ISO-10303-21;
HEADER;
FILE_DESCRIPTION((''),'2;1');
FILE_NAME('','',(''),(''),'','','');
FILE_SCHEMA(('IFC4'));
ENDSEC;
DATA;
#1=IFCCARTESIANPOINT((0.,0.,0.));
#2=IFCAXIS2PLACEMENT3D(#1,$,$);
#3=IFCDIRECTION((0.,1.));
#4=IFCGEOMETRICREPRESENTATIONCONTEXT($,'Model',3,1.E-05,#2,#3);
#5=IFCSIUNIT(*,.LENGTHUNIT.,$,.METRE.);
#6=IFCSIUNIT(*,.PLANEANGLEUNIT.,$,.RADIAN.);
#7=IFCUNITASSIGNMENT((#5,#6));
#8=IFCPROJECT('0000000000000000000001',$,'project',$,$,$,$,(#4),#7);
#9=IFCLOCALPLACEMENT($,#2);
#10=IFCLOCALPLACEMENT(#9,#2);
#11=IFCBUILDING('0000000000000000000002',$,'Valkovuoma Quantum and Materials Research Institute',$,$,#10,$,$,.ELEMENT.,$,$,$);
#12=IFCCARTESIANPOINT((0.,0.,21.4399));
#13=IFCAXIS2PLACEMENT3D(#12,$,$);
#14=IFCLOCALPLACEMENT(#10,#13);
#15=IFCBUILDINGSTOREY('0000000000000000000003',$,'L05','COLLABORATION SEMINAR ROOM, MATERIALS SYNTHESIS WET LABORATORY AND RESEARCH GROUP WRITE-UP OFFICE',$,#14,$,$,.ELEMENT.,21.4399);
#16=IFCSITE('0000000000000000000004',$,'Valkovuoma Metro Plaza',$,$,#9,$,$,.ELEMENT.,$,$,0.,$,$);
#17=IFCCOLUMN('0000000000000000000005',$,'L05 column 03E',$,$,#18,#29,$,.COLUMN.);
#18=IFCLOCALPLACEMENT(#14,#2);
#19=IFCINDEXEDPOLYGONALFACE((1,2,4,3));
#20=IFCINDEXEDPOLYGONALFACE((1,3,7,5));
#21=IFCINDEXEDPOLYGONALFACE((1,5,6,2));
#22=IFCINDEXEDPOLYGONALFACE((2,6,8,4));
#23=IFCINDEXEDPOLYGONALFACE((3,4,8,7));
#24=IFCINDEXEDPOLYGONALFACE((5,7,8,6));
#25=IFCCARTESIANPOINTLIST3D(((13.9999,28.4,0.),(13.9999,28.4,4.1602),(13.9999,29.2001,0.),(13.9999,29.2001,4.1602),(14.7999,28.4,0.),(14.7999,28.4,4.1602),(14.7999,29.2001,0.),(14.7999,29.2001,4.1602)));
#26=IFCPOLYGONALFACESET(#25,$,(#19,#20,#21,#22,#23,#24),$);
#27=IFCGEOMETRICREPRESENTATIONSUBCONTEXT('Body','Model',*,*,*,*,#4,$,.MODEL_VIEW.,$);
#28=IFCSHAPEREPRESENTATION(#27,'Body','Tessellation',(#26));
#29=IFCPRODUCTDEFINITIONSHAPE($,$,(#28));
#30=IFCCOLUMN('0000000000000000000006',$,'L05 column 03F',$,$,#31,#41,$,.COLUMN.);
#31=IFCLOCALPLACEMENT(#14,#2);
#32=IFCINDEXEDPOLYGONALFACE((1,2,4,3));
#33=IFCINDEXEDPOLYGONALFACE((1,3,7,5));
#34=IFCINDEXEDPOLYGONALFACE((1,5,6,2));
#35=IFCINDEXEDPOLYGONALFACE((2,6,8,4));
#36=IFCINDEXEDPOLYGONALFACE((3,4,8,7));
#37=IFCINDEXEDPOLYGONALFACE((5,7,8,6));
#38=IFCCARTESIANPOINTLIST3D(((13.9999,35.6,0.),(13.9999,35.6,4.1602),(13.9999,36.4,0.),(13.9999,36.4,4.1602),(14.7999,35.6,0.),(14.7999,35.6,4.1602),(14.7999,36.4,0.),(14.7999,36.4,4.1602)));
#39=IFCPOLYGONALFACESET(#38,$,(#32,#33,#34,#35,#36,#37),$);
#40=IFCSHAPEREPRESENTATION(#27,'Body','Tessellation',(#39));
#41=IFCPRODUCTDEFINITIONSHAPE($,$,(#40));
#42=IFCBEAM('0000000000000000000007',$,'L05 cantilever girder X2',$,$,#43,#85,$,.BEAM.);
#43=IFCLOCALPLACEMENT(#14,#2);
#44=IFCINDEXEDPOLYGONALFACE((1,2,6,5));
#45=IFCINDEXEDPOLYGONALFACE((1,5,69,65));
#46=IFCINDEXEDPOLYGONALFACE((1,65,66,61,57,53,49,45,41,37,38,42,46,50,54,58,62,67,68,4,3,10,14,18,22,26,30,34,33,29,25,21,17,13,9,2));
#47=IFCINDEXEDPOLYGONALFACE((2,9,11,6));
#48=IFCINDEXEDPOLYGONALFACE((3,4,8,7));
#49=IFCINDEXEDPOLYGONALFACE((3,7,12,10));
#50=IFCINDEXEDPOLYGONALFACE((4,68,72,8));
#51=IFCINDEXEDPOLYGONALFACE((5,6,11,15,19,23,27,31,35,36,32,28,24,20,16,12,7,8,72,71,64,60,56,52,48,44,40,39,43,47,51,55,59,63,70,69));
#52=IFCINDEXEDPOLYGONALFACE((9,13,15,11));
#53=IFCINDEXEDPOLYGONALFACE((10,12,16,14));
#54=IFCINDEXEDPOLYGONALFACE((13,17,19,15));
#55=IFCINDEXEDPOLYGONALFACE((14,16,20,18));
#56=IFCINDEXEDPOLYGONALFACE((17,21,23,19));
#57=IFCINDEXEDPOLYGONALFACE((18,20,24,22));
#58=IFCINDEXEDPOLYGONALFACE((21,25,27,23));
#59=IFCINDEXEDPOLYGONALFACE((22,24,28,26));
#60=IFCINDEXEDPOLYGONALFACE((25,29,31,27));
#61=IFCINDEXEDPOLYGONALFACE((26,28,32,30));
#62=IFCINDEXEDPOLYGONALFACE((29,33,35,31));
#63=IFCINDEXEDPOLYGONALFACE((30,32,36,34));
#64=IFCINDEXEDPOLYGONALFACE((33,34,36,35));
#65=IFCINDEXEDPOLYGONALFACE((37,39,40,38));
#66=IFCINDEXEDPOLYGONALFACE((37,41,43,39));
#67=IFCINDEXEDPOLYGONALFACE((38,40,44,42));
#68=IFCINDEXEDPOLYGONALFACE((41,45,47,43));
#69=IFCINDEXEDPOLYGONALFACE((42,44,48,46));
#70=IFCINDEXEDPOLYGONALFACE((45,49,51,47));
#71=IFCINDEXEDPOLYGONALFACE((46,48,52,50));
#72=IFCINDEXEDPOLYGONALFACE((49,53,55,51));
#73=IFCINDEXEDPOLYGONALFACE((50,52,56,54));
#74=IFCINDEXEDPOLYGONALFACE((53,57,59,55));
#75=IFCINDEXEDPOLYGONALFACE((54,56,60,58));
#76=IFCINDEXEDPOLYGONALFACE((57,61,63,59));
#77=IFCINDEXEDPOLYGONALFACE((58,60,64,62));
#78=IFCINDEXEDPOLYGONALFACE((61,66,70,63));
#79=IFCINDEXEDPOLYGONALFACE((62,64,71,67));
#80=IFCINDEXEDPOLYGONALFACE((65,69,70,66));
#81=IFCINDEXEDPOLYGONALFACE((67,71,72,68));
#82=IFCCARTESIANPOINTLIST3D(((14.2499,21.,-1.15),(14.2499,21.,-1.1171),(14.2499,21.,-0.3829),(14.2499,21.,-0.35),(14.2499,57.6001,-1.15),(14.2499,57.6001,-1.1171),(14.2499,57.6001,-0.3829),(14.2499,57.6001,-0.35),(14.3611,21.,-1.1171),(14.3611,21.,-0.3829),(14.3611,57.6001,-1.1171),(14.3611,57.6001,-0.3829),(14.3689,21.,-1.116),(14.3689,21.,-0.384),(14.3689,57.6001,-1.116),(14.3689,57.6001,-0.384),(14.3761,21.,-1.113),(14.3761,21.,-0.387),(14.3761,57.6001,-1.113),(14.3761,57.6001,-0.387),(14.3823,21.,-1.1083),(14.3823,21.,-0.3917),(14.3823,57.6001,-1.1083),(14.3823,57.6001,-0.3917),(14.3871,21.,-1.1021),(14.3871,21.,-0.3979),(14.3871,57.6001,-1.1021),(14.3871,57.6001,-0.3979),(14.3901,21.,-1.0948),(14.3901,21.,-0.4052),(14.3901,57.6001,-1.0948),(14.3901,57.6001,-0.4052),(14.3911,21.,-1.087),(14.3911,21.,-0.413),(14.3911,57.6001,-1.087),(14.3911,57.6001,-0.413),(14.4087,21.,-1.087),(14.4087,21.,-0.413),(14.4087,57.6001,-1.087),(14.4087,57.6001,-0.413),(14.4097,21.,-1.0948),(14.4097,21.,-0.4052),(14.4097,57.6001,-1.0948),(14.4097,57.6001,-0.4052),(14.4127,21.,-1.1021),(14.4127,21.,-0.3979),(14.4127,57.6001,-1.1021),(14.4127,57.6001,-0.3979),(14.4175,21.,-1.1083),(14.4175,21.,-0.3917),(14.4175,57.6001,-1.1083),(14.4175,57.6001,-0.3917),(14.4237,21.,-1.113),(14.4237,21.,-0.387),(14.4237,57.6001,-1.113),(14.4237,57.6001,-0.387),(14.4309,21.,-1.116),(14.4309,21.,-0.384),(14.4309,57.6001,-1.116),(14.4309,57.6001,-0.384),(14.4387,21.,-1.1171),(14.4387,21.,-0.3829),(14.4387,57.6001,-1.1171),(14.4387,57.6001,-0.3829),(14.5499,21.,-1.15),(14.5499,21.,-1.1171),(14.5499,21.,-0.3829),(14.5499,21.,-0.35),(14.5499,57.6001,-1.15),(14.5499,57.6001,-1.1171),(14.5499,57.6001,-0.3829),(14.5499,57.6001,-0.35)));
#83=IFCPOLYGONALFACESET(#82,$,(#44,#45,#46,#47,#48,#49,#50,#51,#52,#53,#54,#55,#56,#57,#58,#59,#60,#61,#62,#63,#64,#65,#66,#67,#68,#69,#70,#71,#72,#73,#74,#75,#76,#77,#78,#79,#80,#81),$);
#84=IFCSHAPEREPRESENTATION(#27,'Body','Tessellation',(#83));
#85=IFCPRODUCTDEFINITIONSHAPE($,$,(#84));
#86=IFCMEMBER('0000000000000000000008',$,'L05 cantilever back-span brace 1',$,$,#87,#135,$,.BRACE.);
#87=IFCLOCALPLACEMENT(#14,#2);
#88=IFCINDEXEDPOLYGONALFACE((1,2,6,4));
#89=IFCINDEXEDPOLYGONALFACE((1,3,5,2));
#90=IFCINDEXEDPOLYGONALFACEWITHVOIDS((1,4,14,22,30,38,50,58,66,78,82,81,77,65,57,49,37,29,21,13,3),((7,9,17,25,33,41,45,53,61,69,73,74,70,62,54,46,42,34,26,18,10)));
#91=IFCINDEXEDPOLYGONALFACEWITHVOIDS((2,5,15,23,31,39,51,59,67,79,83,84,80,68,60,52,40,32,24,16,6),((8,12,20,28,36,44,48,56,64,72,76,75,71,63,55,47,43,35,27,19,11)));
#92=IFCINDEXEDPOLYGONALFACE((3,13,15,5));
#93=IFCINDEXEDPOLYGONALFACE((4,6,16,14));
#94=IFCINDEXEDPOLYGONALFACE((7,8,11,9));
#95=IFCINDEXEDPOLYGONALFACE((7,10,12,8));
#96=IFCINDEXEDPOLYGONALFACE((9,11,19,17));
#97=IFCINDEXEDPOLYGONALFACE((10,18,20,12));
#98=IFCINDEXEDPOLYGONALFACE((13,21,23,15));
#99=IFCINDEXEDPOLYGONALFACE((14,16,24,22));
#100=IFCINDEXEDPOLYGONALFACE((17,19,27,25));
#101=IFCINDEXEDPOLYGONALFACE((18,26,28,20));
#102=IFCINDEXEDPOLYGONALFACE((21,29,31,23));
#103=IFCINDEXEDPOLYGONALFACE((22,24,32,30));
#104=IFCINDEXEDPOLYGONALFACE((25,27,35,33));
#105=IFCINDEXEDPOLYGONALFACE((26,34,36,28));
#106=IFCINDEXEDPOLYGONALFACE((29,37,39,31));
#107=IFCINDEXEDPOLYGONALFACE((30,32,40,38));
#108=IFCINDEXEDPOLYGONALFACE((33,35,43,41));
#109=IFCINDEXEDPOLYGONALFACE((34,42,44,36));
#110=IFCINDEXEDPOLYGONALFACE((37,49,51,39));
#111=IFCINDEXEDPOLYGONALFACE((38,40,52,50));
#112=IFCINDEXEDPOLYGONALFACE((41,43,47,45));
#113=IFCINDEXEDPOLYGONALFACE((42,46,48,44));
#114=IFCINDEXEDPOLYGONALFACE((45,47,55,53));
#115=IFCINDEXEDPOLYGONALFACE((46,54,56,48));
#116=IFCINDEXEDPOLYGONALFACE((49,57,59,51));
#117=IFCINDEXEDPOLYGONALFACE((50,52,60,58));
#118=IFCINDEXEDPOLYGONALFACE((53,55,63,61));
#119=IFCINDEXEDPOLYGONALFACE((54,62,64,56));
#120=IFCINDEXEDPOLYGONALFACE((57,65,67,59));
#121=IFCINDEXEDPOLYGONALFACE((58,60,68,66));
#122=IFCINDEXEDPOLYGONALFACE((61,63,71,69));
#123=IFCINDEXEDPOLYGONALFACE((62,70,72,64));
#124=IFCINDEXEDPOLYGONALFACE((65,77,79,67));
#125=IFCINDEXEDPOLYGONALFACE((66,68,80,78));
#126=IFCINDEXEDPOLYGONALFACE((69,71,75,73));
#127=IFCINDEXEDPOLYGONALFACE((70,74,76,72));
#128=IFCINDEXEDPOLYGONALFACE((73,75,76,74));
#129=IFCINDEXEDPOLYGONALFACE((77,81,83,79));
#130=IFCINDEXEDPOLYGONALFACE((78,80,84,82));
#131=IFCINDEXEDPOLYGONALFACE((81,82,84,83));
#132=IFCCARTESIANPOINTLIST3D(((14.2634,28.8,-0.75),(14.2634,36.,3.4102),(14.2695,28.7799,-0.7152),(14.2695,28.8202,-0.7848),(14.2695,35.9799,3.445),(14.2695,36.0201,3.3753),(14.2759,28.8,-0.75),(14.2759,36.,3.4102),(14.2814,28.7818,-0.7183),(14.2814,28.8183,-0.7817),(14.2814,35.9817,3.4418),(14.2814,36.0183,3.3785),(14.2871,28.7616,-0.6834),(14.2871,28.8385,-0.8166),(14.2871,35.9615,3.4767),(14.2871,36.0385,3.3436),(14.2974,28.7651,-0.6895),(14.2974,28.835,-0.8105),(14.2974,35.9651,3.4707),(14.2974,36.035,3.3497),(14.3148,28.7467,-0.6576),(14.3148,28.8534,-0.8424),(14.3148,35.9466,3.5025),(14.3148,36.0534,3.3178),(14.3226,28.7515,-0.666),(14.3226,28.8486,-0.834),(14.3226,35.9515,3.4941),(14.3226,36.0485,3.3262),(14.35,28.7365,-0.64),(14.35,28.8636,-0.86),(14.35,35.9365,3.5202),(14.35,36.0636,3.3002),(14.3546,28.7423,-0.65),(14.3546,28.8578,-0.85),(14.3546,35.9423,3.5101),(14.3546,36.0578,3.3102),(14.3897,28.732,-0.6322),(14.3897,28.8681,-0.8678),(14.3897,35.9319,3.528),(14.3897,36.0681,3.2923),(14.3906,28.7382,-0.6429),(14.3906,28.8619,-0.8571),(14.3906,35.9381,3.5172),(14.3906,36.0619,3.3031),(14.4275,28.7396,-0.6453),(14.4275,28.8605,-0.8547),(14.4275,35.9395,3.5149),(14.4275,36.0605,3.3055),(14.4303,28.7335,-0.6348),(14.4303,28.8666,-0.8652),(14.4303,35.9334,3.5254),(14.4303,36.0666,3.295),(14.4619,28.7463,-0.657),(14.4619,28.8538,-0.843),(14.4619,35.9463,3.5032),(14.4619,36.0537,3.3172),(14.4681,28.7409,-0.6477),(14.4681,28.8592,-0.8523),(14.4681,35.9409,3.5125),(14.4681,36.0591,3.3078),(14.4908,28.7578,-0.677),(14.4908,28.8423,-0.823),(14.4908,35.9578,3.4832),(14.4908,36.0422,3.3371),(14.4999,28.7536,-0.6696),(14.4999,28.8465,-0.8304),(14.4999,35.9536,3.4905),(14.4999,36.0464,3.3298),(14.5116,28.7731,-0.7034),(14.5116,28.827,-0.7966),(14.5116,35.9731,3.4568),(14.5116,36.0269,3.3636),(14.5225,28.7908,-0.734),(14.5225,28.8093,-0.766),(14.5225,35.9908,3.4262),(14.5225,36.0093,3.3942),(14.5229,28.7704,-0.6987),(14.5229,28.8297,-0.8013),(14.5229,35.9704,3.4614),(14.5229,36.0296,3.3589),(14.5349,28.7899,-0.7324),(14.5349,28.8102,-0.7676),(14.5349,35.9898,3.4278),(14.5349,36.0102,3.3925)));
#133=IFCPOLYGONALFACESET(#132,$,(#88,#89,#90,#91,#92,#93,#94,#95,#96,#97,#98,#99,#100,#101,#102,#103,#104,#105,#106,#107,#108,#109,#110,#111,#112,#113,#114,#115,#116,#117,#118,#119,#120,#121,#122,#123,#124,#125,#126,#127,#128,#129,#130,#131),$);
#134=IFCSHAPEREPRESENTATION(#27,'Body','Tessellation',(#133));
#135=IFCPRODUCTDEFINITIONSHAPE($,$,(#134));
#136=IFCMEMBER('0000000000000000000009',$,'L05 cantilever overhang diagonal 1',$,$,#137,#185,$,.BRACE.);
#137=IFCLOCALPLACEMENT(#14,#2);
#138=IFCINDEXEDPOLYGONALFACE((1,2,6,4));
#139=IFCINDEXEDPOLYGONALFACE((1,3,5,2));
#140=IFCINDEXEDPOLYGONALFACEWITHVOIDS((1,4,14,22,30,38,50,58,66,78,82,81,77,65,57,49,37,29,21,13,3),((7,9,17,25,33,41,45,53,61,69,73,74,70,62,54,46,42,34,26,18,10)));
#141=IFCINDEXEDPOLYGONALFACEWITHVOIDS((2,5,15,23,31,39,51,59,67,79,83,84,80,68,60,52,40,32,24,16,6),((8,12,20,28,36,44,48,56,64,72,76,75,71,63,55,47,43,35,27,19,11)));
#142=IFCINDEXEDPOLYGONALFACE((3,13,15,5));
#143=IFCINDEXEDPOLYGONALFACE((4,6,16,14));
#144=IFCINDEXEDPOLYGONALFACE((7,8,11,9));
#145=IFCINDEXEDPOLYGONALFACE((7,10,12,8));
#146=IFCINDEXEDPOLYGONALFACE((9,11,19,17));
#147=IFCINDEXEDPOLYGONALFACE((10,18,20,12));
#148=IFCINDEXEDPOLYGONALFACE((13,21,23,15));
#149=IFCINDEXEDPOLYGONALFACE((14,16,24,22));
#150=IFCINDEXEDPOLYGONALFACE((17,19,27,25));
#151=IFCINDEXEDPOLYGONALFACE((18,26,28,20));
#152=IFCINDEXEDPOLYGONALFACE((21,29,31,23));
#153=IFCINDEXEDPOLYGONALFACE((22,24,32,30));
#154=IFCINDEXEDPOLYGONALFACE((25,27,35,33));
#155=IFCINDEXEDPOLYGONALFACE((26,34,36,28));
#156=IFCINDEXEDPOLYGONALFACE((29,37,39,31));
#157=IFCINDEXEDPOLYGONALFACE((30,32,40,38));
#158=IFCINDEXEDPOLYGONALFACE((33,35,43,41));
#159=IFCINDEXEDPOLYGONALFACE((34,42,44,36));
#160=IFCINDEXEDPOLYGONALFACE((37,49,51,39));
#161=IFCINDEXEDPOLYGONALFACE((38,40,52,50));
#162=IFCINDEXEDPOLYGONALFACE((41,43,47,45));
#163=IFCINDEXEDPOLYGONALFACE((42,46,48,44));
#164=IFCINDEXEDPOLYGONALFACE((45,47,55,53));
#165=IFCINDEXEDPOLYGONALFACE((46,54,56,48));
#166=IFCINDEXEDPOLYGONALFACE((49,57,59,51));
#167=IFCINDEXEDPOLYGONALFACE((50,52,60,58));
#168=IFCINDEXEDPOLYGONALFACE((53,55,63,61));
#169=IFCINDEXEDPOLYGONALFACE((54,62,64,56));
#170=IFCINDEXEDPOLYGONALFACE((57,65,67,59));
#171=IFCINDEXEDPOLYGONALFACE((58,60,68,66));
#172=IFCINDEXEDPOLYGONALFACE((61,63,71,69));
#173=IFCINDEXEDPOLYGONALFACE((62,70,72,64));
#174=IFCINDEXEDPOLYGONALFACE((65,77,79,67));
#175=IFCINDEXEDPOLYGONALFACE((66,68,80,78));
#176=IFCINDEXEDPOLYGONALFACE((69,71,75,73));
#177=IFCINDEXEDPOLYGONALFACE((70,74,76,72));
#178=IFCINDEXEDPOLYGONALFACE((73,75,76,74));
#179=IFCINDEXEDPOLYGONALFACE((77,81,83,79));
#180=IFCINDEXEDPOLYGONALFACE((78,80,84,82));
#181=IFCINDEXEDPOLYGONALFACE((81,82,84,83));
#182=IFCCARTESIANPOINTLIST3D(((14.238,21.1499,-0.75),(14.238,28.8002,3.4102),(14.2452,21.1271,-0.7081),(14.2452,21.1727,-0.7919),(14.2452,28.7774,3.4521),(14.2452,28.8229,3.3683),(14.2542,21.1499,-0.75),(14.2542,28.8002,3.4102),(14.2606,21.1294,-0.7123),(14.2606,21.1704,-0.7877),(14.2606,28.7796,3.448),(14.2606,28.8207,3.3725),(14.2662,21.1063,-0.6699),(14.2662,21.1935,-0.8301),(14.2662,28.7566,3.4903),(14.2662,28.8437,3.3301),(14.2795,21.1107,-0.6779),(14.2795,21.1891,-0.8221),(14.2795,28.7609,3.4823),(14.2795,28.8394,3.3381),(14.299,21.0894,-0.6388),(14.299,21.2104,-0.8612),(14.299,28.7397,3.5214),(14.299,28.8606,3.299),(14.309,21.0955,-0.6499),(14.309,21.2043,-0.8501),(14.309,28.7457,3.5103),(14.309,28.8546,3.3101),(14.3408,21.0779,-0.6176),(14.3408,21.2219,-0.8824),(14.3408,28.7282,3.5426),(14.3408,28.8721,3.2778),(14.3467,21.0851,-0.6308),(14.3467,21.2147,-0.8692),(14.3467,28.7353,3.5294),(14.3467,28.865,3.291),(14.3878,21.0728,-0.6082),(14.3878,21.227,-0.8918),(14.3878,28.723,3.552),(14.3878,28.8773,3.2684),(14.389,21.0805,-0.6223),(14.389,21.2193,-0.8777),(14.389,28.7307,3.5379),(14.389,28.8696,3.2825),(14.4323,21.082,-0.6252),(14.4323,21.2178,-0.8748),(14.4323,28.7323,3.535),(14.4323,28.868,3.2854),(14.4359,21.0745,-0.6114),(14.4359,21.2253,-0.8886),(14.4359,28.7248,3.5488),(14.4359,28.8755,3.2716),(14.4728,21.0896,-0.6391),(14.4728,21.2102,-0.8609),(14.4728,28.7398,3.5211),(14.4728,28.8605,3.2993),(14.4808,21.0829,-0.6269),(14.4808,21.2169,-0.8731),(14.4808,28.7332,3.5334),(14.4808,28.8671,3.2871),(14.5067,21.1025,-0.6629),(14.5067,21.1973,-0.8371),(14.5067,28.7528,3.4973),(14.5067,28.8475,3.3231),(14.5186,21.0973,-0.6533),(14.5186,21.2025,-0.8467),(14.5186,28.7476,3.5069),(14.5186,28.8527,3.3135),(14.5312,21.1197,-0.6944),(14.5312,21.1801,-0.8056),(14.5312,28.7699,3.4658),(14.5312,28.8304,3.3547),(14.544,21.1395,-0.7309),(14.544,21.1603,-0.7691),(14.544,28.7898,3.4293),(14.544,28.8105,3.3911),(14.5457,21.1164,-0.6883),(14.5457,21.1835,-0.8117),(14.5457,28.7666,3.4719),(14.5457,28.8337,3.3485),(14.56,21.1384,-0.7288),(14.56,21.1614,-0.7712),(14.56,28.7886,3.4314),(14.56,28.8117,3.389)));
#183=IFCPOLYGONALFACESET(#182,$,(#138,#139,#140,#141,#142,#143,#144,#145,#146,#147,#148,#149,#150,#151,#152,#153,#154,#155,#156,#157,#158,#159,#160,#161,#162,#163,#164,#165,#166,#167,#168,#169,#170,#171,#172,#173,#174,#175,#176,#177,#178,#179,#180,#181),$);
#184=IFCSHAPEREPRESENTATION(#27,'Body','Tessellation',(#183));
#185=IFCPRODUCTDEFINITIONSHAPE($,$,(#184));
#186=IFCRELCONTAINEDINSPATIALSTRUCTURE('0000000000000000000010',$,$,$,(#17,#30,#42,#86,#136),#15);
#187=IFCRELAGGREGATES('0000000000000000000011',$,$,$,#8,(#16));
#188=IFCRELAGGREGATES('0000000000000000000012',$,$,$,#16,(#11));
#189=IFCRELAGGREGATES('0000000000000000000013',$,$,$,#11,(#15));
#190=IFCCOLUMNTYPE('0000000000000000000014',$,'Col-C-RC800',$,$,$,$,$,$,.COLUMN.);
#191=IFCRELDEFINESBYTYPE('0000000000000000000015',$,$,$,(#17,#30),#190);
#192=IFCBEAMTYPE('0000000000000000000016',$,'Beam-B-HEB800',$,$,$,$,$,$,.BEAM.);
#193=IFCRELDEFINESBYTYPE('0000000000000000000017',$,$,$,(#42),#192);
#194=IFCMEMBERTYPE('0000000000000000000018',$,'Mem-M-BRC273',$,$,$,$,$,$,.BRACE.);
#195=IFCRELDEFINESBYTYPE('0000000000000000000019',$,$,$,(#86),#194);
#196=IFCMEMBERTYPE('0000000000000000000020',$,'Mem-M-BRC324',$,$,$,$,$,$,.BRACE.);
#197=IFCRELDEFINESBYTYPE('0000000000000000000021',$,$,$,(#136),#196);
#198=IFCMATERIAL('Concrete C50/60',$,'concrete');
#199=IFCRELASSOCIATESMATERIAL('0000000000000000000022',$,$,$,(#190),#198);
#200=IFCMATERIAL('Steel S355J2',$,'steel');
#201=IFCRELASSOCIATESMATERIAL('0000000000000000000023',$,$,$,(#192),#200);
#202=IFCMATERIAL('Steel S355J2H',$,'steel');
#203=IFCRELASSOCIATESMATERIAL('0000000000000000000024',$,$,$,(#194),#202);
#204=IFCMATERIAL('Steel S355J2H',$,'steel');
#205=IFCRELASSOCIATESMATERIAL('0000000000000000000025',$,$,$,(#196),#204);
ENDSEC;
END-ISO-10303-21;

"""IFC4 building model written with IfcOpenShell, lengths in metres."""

from ifc_helpers import new_model, si_unit, direction, frame, origin, origin_2d, place, context, subcontext, project, spatial, rectangle, hollow_circle, i_section, extrude, material, material_profile, profile_set, type_object, element, save


model = new_model("IFC4")

# Units and contexts
model_context = context("Model", 3, precision=1e-05, world=origin(), true_north=direction((0.0, 1.0)))
body_context = subcontext(model_context, "Body", "Model", "MODEL_VIEW")
ifc_project = project(units=[si_unit("LENGTHUNIT", "METRE"), si_unit("PLANEANGLEUNIT", "RADIAN")], contexts=[model_context])

# Site, building, storey
site_placement = place(None, origin())
site = spatial("IfcSite", under=ifc_project, at=site_placement, Name="Valkovuoma Metro Plaza", CompositionType="ELEMENT", RefElevation=0.0)
building_placement = place(site_placement, origin())
building = spatial("IfcBuilding", under=site, at=building_placement, Name="Valkovuoma Quantum and Materials Research Institute", CompositionType="ELEMENT")
storey_placement = place(building_placement, frame((0.0, 0.0, 21.4399)))
storey = spatial("IfcBuildingStorey", under=building, at=storey_placement, Name="L05", Description="COLLABORATION SEMINAR ROOM, MATERIALS SYNTHESIS WET LABORATORY AND RESEARCH GROUP WRITE-UP OFFICE", CompositionType="ELEMENT", Elevation=21.4399)

# Columns
ifc_material_1 = material(Name="Concrete C50/60", Category="concrete")
ifc_material_profile_1 = material_profile(ifc_material_1, rectangle(XDim=0.8, YDim=0.8, at=origin_2d()), Name="Concrete C50/60")
ifc_profile_set_1 = profile_set([ifc_material_profile_1], Name="Concrete C50/60")
column_type = type_object("IfcColumnType", Name="Col-C-RC800", PredefinedType="COLUMN", material=ifc_profile_set_1)
for number, where, z_axis, x_axis, name in (
    (1, (14.3999, 28.8, 0.0), (0.0, 0.0, 1.0), (1.0, 0.0, 0.0), "L05 column 03E"),
    (2, (14.3999, 36.0, 0.0), (0.0, 0.0, 1.0), (1.0, 0.0, 0.0), "L05 column 03F"),
):
    element("IfcColumn", number, at=place(storey_placement, frame(where, z_axis=z_axis, x_axis=x_axis)), inside=storey, type_object=column_type, Name=name, PredefinedType="COLUMN", context=body_context, shape_type="SweptSolid", body=[
        extrude(rectangle(XDim=0.8, YDim=0.8, at=origin_2d()), origin(), (0.0, 0.0, 1.0), 4.1602),
    ])

# Beam
ifc_material_2 = material(Name="Steel S355J2", Category="steel")
ifc_material_profile_2 = material_profile(ifc_material_2, i_section(OverallWidth=0.3, OverallDepth=0.8, WebThickness=0.0176, FlangeThickness=0.033, FilletRadius=0.03, at=origin_2d()), Name="Steel S355J2")
ifc_profile_set_2 = profile_set([ifc_material_profile_2], Name="Steel S355J2")
beam_type = type_object("IfcBeamType", Name="Beam-B-HEB800", PredefinedType="BEAM", material=ifc_profile_set_2)
beam_placement = place(storey_placement, frame((14.3999, 21.0, -0.75), z_axis=(0.0, 1.0, 0.0), x_axis=(-1.0, 0.0, 0.0)))
element("IfcBeam", 3, at=beam_placement, inside=storey, type_object=beam_type, Name="L05 cantilever girder X2", PredefinedType="BEAM", context=body_context, shape_type="SweptSolid", body=[
    extrude(i_section(OverallWidth=0.3, OverallDepth=0.8, WebThickness=0.0176, FlangeThickness=0.033, FilletRadius=0.03, at=origin_2d()), origin(), (0.0, 0.0, 1.0), 36.6001),
])

# Members
ifc_material_3 = material(Name="Steel S355J2H", Category="steel")
ifc_material_profile_3 = material_profile(ifc_material_3, hollow_circle(Radius=0.1365, WallThickness=0.0125, at=origin_2d()), Name="Steel S355J2H")
ifc_profile_set_3 = profile_set([ifc_material_profile_3], Name="Steel S355J2H")
member_type_1 = type_object("IfcMemberType", Name="Mem-M-BRC273", PredefinedType="BRACE", material=ifc_profile_set_3)
member_1_placement = place(storey_placement, frame((14.3999, 28.8, -0.75), z_axis=(0.0, 0.865855, 0.500294), x_axis=(-1.0, 0.0, 0.0)))
element("IfcMember", 4, at=member_1_placement, inside=storey, type_object=member_type_1, Name="L05 cantilever back-span brace 1", PredefinedType="BRACE", context=body_context, shape_type="SweptSolid", body=[
    extrude(hollow_circle(Radius=0.1365, WallThickness=0.0125, at=origin_2d()), origin(), (0.0, 0.0, 1.0), 8.3154),
])
ifc_material_4 = material(Name="Steel S355J2H", Category="steel")
ifc_material_profile_4 = material_profile(ifc_material_4, hollow_circle(Radius=0.1619, WallThickness=0.0161, at=origin_2d()), Name="Steel S355J2H")
ifc_profile_set_4 = profile_set([ifc_material_profile_4], Name="Steel S355J2H")
member_type_2 = type_object("IfcMemberType", Name="Mem-M-BRC324", PredefinedType="BRACE", material=ifc_profile_set_4)
member_2_placement = place(storey_placement, frame((14.3999, 21.1499, -0.75), z_axis=(0.0, 0.878506, 0.477732), x_axis=(-1.0, 0.0, 0.0)))
element("IfcMember", 5, at=member_2_placement, inside=storey, type_object=member_type_2, Name="L05 cantilever overhang diagonal 1", PredefinedType="BRACE", context=body_context, shape_type="SweptSolid", body=[
    extrude(hollow_circle(Radius=0.1619, WallThickness=0.0161, at=origin_2d()), origin(), (0.0, 0.0, 1.0), 8.7083),
])

save(model, "model.ifc")
